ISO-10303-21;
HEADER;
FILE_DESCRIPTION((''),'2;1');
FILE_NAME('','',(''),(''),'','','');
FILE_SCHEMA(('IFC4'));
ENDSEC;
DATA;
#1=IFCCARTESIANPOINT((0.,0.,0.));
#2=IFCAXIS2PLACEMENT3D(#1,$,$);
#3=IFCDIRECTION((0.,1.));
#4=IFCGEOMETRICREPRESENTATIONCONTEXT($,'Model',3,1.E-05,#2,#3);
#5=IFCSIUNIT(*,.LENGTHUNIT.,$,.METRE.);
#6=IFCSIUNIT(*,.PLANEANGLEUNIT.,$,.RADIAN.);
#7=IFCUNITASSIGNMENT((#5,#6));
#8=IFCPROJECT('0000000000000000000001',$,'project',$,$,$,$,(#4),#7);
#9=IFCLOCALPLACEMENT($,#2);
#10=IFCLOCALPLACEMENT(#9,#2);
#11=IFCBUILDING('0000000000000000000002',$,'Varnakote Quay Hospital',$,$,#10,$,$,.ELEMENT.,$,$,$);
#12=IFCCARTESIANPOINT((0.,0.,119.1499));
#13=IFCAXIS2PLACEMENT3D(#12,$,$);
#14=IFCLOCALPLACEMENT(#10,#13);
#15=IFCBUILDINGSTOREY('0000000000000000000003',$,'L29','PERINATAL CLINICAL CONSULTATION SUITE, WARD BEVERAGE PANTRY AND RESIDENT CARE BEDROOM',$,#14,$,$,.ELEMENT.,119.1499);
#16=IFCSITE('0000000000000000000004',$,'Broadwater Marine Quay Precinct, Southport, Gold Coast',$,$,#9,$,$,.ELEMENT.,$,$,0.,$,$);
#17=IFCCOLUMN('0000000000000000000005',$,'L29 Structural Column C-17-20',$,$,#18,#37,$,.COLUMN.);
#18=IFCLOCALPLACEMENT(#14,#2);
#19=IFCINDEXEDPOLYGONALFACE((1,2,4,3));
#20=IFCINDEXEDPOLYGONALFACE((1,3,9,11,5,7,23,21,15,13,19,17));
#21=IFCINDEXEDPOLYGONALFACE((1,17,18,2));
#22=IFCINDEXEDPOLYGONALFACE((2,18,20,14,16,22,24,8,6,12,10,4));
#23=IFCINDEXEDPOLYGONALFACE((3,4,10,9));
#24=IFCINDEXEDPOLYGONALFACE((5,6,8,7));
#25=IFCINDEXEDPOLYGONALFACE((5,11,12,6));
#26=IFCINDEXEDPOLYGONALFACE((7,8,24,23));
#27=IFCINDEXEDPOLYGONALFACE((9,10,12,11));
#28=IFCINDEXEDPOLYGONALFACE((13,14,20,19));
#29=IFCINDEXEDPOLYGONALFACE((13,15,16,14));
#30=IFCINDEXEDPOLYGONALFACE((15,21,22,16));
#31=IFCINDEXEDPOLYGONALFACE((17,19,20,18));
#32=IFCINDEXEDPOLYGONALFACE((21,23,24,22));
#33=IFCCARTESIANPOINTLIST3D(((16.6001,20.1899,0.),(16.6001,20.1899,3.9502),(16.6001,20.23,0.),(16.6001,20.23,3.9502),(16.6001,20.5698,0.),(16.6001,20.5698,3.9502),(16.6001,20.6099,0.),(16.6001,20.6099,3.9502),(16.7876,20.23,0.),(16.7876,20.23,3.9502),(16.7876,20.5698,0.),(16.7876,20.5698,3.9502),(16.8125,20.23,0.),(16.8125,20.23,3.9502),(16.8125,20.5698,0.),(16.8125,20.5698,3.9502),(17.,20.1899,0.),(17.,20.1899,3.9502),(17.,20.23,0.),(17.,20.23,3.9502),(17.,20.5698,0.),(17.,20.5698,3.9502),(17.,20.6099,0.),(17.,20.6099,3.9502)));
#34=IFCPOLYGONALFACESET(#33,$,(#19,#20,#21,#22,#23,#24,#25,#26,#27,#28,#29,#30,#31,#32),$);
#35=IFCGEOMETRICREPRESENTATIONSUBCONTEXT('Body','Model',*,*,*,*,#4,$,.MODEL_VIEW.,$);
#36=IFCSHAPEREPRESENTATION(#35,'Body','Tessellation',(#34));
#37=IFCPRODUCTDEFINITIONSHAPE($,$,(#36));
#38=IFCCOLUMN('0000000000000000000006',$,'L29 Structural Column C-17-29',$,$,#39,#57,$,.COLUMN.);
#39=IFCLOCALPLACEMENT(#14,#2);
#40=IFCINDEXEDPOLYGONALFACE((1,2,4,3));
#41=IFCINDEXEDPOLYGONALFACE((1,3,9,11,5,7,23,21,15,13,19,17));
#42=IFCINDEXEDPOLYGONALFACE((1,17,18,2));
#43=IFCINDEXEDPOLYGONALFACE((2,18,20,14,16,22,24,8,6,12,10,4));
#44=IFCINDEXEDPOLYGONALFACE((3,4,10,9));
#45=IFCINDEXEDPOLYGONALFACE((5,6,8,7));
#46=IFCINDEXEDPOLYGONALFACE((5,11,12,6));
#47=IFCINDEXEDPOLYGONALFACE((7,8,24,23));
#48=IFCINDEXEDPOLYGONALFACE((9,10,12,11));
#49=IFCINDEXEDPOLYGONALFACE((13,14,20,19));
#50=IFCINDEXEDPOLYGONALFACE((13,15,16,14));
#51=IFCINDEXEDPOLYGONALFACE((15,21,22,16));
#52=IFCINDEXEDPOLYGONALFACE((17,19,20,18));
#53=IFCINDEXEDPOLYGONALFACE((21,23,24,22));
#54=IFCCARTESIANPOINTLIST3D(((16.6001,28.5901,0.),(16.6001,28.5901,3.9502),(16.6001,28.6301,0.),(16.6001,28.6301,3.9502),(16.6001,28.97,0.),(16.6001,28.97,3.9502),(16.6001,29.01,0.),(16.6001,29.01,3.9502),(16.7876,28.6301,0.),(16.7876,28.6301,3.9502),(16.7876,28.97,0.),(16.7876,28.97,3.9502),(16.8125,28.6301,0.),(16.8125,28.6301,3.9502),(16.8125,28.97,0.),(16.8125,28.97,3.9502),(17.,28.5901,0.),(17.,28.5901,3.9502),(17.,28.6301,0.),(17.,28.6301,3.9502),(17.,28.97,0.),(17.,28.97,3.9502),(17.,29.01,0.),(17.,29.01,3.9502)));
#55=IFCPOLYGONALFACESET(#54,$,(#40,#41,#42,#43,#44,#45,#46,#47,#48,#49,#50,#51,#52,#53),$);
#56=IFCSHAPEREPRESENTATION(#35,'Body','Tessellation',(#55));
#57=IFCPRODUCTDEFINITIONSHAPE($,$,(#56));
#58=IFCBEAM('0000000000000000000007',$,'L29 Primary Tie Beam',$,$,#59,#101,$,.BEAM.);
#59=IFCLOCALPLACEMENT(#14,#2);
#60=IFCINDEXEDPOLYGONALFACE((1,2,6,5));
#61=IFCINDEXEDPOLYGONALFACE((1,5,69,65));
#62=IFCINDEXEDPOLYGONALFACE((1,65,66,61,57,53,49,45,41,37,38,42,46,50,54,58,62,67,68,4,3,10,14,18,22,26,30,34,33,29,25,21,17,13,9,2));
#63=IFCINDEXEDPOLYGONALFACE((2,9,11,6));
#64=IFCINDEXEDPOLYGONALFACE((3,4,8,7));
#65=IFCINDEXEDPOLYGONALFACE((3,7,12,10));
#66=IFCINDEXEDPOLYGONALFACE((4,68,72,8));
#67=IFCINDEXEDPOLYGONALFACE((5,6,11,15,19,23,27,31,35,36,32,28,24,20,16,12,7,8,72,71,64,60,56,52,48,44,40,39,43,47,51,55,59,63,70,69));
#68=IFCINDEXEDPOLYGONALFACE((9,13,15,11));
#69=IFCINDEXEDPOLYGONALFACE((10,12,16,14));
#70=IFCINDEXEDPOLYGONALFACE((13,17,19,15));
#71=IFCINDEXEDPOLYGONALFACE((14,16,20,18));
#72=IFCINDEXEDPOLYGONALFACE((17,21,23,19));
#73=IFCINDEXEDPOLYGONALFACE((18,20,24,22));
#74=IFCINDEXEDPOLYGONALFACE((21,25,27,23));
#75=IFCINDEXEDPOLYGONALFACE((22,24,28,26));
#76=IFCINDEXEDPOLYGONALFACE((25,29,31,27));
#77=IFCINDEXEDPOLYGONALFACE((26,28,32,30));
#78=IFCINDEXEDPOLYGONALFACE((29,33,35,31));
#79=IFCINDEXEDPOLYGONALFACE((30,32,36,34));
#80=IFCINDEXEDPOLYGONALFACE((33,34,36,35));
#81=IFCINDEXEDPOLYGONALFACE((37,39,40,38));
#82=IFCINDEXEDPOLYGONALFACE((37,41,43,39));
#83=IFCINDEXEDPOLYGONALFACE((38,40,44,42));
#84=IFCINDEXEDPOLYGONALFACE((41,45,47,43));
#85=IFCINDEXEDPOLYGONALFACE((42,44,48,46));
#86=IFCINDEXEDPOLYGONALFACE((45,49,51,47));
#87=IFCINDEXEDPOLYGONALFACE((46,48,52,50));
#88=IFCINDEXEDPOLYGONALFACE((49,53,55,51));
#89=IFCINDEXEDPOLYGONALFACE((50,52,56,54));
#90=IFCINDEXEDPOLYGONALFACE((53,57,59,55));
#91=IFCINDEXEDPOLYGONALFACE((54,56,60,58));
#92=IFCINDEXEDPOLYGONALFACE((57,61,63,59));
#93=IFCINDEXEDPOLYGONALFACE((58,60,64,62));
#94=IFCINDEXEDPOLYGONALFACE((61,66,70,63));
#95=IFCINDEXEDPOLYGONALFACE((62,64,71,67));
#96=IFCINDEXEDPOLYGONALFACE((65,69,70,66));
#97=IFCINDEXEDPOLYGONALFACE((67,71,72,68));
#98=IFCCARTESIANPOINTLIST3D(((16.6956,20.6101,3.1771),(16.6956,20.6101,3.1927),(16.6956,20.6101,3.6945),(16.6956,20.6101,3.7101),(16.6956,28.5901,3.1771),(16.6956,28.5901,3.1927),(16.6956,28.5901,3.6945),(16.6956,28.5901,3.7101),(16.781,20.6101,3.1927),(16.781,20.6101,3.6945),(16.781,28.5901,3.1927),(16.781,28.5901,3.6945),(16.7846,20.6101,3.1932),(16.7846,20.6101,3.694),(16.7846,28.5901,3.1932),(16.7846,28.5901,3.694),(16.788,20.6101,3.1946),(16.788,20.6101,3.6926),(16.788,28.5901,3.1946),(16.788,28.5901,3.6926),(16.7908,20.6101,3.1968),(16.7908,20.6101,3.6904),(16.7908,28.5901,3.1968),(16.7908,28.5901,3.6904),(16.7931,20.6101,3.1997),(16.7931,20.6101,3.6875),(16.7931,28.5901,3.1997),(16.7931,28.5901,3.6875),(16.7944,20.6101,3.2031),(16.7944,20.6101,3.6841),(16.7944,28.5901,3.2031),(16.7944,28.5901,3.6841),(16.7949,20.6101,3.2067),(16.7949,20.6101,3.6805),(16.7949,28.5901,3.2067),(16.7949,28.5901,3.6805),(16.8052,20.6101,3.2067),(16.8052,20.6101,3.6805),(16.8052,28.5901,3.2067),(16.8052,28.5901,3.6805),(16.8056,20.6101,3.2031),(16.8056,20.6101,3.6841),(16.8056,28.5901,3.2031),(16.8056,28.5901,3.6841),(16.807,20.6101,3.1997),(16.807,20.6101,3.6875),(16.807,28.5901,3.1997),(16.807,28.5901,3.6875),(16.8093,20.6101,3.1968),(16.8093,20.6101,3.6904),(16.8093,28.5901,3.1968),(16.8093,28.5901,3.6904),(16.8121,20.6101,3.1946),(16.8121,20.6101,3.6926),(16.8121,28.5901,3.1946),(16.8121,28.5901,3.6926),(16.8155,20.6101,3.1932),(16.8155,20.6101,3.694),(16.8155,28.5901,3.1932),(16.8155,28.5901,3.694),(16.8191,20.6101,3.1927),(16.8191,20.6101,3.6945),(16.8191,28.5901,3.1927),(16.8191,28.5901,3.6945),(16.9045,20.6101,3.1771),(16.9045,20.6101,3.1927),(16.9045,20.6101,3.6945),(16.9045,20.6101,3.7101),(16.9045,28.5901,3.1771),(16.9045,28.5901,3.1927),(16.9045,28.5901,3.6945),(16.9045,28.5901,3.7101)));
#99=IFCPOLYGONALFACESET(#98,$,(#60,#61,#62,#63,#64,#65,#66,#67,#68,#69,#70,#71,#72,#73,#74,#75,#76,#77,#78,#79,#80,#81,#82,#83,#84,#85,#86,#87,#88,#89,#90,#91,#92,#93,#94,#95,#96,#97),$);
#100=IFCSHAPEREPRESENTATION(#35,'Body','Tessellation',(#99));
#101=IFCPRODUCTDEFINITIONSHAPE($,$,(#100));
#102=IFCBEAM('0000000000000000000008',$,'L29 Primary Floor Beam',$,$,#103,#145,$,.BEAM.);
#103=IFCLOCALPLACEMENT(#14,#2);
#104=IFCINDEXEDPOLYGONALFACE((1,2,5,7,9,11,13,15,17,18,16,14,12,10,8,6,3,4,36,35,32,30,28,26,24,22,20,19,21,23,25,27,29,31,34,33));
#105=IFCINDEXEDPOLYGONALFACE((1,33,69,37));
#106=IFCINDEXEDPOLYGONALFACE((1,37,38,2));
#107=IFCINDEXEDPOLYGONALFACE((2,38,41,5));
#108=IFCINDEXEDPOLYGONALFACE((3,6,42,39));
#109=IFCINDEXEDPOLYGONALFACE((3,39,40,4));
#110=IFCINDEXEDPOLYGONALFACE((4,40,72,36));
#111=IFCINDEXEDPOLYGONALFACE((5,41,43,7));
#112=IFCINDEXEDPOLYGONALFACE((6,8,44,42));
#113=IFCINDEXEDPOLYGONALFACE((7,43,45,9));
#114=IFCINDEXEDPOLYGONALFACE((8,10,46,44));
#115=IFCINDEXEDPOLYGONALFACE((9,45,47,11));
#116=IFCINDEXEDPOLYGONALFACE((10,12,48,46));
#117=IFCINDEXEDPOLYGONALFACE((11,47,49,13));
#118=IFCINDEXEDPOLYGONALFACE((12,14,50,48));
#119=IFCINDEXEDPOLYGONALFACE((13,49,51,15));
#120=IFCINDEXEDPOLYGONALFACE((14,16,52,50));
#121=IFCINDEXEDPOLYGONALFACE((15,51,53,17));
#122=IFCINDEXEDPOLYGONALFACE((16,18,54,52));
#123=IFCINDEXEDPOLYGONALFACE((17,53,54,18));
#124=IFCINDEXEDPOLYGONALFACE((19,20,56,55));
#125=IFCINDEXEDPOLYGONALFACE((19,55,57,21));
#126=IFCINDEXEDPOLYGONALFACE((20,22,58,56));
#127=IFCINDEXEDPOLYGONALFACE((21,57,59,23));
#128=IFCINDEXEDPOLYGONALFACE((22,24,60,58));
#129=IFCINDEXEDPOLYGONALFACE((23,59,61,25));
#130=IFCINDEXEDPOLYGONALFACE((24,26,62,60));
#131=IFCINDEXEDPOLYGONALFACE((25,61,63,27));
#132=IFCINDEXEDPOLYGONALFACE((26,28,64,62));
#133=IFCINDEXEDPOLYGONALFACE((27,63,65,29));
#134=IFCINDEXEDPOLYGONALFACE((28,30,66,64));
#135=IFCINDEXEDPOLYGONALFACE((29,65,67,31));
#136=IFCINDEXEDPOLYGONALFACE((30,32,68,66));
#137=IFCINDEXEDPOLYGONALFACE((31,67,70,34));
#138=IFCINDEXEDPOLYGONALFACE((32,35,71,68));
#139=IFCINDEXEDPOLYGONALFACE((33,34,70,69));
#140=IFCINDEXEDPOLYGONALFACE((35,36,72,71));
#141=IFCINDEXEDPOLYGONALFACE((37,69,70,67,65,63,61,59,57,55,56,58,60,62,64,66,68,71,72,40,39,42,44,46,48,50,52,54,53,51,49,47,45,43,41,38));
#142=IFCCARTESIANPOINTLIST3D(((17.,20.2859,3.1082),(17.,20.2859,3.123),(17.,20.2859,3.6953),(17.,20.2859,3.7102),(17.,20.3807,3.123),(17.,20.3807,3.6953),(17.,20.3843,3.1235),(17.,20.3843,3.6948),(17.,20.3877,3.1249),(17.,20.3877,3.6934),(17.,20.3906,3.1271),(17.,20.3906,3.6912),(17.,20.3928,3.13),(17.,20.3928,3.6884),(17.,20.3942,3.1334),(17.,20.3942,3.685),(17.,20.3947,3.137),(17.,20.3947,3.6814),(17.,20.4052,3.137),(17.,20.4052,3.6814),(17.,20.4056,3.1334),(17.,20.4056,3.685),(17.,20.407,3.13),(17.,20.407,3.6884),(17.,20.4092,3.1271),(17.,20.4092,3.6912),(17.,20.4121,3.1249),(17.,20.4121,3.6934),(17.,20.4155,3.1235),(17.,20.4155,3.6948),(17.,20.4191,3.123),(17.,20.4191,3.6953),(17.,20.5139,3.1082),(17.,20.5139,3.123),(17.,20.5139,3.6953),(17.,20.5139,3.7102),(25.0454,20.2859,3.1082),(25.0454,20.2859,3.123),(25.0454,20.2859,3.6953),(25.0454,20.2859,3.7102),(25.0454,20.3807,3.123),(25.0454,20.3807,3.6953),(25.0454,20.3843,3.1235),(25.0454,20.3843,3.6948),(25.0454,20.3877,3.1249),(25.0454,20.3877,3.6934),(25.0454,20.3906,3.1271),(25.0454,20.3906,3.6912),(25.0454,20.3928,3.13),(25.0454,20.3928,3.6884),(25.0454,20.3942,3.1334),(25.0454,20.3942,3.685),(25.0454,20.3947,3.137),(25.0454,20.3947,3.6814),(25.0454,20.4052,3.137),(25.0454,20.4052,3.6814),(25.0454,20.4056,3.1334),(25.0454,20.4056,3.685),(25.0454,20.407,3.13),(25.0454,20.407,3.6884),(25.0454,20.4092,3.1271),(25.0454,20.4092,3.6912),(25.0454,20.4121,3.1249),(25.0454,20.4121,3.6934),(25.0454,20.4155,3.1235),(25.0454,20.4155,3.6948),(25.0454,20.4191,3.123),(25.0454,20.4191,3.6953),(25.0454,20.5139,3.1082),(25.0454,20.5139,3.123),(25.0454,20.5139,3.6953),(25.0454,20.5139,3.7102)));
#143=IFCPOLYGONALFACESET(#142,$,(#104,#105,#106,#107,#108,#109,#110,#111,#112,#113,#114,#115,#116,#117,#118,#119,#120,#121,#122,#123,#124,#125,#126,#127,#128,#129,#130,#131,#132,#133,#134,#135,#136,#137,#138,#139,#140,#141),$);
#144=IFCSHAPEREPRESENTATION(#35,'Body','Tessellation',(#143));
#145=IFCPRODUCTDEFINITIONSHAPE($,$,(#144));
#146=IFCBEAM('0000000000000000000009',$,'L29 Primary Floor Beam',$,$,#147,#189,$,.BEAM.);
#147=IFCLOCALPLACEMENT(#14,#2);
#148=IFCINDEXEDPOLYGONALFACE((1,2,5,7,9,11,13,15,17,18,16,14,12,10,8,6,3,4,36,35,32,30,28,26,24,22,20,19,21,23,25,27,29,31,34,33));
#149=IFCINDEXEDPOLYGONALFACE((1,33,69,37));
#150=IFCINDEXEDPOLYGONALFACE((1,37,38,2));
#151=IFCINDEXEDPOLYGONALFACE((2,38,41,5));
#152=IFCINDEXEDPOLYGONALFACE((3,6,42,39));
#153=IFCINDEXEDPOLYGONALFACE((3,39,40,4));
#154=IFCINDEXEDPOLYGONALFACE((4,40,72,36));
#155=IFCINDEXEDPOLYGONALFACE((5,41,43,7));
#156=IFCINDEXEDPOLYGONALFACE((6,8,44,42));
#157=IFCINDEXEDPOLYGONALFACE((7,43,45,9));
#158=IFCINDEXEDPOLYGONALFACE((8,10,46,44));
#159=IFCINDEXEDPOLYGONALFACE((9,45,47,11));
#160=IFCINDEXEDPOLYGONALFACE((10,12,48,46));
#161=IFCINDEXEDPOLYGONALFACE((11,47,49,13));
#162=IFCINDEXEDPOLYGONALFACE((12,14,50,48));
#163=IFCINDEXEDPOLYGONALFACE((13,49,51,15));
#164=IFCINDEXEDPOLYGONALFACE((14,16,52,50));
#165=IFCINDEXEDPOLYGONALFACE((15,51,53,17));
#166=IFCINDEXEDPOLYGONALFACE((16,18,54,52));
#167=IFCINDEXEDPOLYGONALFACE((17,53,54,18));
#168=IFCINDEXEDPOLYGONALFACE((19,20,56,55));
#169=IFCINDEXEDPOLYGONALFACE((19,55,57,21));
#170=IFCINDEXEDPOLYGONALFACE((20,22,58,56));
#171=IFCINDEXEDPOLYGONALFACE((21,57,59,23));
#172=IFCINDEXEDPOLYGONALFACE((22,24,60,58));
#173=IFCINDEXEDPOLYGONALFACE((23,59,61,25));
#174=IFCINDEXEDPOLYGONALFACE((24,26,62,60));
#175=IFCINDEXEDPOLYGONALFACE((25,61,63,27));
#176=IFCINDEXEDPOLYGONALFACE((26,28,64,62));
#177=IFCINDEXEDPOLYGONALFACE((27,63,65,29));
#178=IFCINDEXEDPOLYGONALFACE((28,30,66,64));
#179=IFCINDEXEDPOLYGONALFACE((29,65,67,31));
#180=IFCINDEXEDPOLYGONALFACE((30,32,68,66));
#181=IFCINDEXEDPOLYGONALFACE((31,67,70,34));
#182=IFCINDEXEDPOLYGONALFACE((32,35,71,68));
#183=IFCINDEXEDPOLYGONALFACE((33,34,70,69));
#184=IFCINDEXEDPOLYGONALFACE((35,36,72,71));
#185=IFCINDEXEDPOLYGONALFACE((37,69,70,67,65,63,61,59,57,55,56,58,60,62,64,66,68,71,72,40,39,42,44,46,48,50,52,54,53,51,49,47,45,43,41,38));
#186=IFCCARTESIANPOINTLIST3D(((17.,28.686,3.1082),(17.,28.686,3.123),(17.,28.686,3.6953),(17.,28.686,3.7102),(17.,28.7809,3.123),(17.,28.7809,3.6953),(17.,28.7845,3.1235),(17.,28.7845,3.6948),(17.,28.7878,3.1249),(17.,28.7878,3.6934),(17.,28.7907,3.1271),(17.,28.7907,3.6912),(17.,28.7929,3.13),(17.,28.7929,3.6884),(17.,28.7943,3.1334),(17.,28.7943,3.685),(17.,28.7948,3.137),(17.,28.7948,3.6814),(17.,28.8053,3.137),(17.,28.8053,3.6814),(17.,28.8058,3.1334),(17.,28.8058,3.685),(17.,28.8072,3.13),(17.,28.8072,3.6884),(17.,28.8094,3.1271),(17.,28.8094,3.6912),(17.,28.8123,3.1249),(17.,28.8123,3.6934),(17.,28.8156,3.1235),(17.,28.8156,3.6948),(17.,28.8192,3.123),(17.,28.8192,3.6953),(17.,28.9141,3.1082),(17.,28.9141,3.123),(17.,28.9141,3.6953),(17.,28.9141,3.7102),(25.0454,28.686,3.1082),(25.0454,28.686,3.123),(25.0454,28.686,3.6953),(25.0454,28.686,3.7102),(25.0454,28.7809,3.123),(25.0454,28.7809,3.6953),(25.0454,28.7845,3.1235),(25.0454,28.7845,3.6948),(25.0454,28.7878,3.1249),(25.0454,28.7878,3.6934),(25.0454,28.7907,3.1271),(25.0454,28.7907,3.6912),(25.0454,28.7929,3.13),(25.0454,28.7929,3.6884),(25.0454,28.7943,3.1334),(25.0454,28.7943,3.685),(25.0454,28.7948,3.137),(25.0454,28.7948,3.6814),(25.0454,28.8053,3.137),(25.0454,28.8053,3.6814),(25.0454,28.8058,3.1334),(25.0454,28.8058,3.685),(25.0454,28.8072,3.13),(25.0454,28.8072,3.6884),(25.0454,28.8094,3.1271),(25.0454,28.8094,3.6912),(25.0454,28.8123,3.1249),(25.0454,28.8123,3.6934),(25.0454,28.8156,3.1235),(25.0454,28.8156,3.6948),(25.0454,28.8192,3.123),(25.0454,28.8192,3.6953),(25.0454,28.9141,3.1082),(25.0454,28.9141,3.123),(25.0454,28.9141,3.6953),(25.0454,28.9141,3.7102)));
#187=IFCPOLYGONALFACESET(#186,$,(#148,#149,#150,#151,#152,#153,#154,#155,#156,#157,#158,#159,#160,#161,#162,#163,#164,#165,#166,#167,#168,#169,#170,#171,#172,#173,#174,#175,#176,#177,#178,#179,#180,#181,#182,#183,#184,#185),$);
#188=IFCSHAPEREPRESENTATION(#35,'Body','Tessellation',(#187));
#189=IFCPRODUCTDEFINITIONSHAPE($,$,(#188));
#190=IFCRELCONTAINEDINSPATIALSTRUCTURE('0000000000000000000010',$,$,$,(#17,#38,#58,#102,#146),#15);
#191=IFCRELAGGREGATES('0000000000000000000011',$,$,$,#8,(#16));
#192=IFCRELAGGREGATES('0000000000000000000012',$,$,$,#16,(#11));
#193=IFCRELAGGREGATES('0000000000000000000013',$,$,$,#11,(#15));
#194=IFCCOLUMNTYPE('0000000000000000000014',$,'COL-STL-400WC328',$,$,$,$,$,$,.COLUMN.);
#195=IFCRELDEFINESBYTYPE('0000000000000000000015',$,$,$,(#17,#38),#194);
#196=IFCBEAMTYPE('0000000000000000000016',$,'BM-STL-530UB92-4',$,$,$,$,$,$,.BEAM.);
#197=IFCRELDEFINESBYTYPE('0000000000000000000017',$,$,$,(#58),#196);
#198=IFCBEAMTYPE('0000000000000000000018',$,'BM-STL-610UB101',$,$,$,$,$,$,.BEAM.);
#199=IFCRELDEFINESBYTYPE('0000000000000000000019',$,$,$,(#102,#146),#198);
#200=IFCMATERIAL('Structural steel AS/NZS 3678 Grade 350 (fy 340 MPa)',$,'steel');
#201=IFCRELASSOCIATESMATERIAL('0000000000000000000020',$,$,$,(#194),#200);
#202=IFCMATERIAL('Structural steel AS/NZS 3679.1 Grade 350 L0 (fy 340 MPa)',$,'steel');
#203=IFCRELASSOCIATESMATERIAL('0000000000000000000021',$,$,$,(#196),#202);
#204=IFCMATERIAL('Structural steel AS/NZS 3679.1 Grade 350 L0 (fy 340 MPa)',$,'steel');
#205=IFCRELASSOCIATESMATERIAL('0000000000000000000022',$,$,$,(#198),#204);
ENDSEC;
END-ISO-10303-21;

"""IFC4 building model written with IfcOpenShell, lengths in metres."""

from ifc_helpers import new_model, si_unit, direction, frame, origin, origin_2d, place, context, subcontext, project, spatial, i_section, extrude, material, material_profile, profile_set, type_object, element, save


model = new_model("IFC4")

# Units and contexts
model_context = context("Model", 3, precision=1e-05, world=origin(), true_north=direction((0.0, 1.0)))
body_context = subcontext(model_context, "Body", "Model", "MODEL_VIEW")
ifc_project = project(units=[si_unit("LENGTHUNIT", "METRE"), si_unit("PLANEANGLEUNIT", "RADIAN")], contexts=[model_context])

# Site, building, storey
site_placement = place(None, origin())
site = spatial("IfcSite", under=ifc_project, at=site_placement, Name="Broadwater Marine Quay Precinct, Southport, Gold Coast", CompositionType="ELEMENT", RefElevation=0.0)
building_placement = place(site_placement, origin())
building = spatial("IfcBuilding", under=site, at=building_placement, Name="Varnakote Quay Hospital", CompositionType="ELEMENT")
storey_placement = place(building_placement, frame((0.0, 0.0, 119.1499)))
storey = spatial("IfcBuildingStorey", under=building, at=storey_placement, Name="L29", Description="PERINATAL CLINICAL CONSULTATION SUITE, WARD BEVERAGE PANTRY AND RESIDENT CARE BEDROOM", CompositionType="ELEMENT", Elevation=119.1499)

# Columns
ifc_material_1 = material(Name="Structural steel AS/NZS 3678 Grade 350 (fy 340 MPa)", Category="steel")
ifc_material_profile_1 = material_profile(ifc_material_1, i_section(OverallWidth=0.3999, OverallDepth=0.4199, WebThickness=0.0249, FlangeThickness=0.04, at=origin_2d()), Name="400WC328")
ifc_profile_set_1 = profile_set([ifc_material_profile_1], Name="Structural steel AS/NZS 3678 Grade 350 (fy 340 MPa)")
column_type = type_object("IfcColumnType", Name="COL-STL-400WC328", PredefinedType="COLUMN", material=ifc_profile_set_1)
for number, where, z_axis, x_axis, name in (
    (1, (16.8, 20.3999, 0.0), (0.0, 0.0, 1.0), (1.0, 0.0, 0.0), "L29 Structural Column C-17-20"),
    (2, (16.8, 28.8, 0.0), (0.0, 0.0, 1.0), (1.0, 0.0, 0.0), "L29 Structural Column C-17-29"),
):
    element("IfcColumn", number, at=place(storey_placement, frame(where, z_axis=z_axis, x_axis=x_axis)), inside=storey, type_object=column_type, Name=name, PredefinedType="COLUMN", context=body_context, shape_type="SweptSolid", body=[
        extrude(i_section(OverallWidth=0.3999, OverallDepth=0.4199, WebThickness=0.0249, FlangeThickness=0.04, at=origin_2d()), origin(), (0.0, 0.0, 1.0), 3.9502),
    ])

# Beams
ifc_material_2 = material(Name="Structural steel AS/NZS 3679.1 Grade 350 L0 (fy 340 MPa)", Category="steel")
ifc_material_profile_2 = material_profile(ifc_material_2, i_section(OverallWidth=0.209, OverallDepth=0.533, WebThickness=0.0103, FlangeThickness=0.0156, FilletRadius=0.0139, at=origin_2d()), Name="530UB92.4")
ifc_profile_set_2 = profile_set([ifc_material_profile_2], Name="Structural steel AS/NZS 3679.1 Grade 350 L0 (fy 340 MPa)")
beam_type_1 = type_object("IfcBeamType", Name="BM-STL-530UB92-4", PredefinedType="BEAM", material=ifc_profile_set_2)
beam_1_placement = place(storey_placement, frame((16.8, 20.6101, 3.4436), z_axis=(0.0, 1.0, 0.0), x_axis=(-1.0, 0.0, 0.0)))
element("IfcBeam", 3, at=beam_1_placement, inside=storey, type_object=beam_type_1, Name="L29 Primary Tie Beam", PredefinedType="BEAM", context=body_context, shape_type="SweptSolid", body=[
    extrude(i_section(OverallWidth=0.209, OverallDepth=0.533, WebThickness=0.0103, FlangeThickness=0.0156, FilletRadius=0.0139, at=origin_2d()), origin(), (0.0, 0.0, 1.0), 7.98),
])
ifc_material_3 = material(Name="Structural steel AS/NZS 3679.1 Grade 350 L0 (fy 340 MPa)", Category="steel")
ifc_material_profile_3 = material_profile(ifc_material_3, i_section(OverallWidth=0.228, OverallDepth=0.6021, WebThickness=0.0105, FlangeThickness=0.0149, FilletRadius=0.0139, at=origin_2d()), Name="610UB101")
ifc_profile_set_3 = profile_set([ifc_material_profile_3], Name="Structural steel AS/NZS 3679.1 Grade 350 L0 (fy 340 MPa)")
beam_type_2 = type_object("IfcBeamType", Name="BM-STL-610UB101", PredefinedType="BEAM", material=ifc_profile_set_3)
for number, where, z_axis, x_axis, name in (
    (4, (17.0, 20.3999, 3.4092), (1.0, 0.0, 0.0), (0.0, 1.0, 0.0), "L29 Primary Floor Beam"),
    (5, (17.0, 28.8, 3.4092), (1.0, 0.0, 0.0), (0.0, 1.0, 0.0), "L29 Primary Floor Beam"),
):
    element("IfcBeam", number, at=place(storey_placement, frame(where, z_axis=z_axis, x_axis=x_axis)), inside=storey, type_object=beam_type_2, Name=name, PredefinedType="BEAM", context=body_context, shape_type="SweptSolid", body=[
        extrude(i_section(OverallWidth=0.228, OverallDepth=0.6021, WebThickness=0.0105, FlangeThickness=0.0149, FilletRadius=0.0139, at=origin_2d()), origin(), (0.0, 0.0, 1.0), 8.0454),
    ])

save(model, "model.ifc")
